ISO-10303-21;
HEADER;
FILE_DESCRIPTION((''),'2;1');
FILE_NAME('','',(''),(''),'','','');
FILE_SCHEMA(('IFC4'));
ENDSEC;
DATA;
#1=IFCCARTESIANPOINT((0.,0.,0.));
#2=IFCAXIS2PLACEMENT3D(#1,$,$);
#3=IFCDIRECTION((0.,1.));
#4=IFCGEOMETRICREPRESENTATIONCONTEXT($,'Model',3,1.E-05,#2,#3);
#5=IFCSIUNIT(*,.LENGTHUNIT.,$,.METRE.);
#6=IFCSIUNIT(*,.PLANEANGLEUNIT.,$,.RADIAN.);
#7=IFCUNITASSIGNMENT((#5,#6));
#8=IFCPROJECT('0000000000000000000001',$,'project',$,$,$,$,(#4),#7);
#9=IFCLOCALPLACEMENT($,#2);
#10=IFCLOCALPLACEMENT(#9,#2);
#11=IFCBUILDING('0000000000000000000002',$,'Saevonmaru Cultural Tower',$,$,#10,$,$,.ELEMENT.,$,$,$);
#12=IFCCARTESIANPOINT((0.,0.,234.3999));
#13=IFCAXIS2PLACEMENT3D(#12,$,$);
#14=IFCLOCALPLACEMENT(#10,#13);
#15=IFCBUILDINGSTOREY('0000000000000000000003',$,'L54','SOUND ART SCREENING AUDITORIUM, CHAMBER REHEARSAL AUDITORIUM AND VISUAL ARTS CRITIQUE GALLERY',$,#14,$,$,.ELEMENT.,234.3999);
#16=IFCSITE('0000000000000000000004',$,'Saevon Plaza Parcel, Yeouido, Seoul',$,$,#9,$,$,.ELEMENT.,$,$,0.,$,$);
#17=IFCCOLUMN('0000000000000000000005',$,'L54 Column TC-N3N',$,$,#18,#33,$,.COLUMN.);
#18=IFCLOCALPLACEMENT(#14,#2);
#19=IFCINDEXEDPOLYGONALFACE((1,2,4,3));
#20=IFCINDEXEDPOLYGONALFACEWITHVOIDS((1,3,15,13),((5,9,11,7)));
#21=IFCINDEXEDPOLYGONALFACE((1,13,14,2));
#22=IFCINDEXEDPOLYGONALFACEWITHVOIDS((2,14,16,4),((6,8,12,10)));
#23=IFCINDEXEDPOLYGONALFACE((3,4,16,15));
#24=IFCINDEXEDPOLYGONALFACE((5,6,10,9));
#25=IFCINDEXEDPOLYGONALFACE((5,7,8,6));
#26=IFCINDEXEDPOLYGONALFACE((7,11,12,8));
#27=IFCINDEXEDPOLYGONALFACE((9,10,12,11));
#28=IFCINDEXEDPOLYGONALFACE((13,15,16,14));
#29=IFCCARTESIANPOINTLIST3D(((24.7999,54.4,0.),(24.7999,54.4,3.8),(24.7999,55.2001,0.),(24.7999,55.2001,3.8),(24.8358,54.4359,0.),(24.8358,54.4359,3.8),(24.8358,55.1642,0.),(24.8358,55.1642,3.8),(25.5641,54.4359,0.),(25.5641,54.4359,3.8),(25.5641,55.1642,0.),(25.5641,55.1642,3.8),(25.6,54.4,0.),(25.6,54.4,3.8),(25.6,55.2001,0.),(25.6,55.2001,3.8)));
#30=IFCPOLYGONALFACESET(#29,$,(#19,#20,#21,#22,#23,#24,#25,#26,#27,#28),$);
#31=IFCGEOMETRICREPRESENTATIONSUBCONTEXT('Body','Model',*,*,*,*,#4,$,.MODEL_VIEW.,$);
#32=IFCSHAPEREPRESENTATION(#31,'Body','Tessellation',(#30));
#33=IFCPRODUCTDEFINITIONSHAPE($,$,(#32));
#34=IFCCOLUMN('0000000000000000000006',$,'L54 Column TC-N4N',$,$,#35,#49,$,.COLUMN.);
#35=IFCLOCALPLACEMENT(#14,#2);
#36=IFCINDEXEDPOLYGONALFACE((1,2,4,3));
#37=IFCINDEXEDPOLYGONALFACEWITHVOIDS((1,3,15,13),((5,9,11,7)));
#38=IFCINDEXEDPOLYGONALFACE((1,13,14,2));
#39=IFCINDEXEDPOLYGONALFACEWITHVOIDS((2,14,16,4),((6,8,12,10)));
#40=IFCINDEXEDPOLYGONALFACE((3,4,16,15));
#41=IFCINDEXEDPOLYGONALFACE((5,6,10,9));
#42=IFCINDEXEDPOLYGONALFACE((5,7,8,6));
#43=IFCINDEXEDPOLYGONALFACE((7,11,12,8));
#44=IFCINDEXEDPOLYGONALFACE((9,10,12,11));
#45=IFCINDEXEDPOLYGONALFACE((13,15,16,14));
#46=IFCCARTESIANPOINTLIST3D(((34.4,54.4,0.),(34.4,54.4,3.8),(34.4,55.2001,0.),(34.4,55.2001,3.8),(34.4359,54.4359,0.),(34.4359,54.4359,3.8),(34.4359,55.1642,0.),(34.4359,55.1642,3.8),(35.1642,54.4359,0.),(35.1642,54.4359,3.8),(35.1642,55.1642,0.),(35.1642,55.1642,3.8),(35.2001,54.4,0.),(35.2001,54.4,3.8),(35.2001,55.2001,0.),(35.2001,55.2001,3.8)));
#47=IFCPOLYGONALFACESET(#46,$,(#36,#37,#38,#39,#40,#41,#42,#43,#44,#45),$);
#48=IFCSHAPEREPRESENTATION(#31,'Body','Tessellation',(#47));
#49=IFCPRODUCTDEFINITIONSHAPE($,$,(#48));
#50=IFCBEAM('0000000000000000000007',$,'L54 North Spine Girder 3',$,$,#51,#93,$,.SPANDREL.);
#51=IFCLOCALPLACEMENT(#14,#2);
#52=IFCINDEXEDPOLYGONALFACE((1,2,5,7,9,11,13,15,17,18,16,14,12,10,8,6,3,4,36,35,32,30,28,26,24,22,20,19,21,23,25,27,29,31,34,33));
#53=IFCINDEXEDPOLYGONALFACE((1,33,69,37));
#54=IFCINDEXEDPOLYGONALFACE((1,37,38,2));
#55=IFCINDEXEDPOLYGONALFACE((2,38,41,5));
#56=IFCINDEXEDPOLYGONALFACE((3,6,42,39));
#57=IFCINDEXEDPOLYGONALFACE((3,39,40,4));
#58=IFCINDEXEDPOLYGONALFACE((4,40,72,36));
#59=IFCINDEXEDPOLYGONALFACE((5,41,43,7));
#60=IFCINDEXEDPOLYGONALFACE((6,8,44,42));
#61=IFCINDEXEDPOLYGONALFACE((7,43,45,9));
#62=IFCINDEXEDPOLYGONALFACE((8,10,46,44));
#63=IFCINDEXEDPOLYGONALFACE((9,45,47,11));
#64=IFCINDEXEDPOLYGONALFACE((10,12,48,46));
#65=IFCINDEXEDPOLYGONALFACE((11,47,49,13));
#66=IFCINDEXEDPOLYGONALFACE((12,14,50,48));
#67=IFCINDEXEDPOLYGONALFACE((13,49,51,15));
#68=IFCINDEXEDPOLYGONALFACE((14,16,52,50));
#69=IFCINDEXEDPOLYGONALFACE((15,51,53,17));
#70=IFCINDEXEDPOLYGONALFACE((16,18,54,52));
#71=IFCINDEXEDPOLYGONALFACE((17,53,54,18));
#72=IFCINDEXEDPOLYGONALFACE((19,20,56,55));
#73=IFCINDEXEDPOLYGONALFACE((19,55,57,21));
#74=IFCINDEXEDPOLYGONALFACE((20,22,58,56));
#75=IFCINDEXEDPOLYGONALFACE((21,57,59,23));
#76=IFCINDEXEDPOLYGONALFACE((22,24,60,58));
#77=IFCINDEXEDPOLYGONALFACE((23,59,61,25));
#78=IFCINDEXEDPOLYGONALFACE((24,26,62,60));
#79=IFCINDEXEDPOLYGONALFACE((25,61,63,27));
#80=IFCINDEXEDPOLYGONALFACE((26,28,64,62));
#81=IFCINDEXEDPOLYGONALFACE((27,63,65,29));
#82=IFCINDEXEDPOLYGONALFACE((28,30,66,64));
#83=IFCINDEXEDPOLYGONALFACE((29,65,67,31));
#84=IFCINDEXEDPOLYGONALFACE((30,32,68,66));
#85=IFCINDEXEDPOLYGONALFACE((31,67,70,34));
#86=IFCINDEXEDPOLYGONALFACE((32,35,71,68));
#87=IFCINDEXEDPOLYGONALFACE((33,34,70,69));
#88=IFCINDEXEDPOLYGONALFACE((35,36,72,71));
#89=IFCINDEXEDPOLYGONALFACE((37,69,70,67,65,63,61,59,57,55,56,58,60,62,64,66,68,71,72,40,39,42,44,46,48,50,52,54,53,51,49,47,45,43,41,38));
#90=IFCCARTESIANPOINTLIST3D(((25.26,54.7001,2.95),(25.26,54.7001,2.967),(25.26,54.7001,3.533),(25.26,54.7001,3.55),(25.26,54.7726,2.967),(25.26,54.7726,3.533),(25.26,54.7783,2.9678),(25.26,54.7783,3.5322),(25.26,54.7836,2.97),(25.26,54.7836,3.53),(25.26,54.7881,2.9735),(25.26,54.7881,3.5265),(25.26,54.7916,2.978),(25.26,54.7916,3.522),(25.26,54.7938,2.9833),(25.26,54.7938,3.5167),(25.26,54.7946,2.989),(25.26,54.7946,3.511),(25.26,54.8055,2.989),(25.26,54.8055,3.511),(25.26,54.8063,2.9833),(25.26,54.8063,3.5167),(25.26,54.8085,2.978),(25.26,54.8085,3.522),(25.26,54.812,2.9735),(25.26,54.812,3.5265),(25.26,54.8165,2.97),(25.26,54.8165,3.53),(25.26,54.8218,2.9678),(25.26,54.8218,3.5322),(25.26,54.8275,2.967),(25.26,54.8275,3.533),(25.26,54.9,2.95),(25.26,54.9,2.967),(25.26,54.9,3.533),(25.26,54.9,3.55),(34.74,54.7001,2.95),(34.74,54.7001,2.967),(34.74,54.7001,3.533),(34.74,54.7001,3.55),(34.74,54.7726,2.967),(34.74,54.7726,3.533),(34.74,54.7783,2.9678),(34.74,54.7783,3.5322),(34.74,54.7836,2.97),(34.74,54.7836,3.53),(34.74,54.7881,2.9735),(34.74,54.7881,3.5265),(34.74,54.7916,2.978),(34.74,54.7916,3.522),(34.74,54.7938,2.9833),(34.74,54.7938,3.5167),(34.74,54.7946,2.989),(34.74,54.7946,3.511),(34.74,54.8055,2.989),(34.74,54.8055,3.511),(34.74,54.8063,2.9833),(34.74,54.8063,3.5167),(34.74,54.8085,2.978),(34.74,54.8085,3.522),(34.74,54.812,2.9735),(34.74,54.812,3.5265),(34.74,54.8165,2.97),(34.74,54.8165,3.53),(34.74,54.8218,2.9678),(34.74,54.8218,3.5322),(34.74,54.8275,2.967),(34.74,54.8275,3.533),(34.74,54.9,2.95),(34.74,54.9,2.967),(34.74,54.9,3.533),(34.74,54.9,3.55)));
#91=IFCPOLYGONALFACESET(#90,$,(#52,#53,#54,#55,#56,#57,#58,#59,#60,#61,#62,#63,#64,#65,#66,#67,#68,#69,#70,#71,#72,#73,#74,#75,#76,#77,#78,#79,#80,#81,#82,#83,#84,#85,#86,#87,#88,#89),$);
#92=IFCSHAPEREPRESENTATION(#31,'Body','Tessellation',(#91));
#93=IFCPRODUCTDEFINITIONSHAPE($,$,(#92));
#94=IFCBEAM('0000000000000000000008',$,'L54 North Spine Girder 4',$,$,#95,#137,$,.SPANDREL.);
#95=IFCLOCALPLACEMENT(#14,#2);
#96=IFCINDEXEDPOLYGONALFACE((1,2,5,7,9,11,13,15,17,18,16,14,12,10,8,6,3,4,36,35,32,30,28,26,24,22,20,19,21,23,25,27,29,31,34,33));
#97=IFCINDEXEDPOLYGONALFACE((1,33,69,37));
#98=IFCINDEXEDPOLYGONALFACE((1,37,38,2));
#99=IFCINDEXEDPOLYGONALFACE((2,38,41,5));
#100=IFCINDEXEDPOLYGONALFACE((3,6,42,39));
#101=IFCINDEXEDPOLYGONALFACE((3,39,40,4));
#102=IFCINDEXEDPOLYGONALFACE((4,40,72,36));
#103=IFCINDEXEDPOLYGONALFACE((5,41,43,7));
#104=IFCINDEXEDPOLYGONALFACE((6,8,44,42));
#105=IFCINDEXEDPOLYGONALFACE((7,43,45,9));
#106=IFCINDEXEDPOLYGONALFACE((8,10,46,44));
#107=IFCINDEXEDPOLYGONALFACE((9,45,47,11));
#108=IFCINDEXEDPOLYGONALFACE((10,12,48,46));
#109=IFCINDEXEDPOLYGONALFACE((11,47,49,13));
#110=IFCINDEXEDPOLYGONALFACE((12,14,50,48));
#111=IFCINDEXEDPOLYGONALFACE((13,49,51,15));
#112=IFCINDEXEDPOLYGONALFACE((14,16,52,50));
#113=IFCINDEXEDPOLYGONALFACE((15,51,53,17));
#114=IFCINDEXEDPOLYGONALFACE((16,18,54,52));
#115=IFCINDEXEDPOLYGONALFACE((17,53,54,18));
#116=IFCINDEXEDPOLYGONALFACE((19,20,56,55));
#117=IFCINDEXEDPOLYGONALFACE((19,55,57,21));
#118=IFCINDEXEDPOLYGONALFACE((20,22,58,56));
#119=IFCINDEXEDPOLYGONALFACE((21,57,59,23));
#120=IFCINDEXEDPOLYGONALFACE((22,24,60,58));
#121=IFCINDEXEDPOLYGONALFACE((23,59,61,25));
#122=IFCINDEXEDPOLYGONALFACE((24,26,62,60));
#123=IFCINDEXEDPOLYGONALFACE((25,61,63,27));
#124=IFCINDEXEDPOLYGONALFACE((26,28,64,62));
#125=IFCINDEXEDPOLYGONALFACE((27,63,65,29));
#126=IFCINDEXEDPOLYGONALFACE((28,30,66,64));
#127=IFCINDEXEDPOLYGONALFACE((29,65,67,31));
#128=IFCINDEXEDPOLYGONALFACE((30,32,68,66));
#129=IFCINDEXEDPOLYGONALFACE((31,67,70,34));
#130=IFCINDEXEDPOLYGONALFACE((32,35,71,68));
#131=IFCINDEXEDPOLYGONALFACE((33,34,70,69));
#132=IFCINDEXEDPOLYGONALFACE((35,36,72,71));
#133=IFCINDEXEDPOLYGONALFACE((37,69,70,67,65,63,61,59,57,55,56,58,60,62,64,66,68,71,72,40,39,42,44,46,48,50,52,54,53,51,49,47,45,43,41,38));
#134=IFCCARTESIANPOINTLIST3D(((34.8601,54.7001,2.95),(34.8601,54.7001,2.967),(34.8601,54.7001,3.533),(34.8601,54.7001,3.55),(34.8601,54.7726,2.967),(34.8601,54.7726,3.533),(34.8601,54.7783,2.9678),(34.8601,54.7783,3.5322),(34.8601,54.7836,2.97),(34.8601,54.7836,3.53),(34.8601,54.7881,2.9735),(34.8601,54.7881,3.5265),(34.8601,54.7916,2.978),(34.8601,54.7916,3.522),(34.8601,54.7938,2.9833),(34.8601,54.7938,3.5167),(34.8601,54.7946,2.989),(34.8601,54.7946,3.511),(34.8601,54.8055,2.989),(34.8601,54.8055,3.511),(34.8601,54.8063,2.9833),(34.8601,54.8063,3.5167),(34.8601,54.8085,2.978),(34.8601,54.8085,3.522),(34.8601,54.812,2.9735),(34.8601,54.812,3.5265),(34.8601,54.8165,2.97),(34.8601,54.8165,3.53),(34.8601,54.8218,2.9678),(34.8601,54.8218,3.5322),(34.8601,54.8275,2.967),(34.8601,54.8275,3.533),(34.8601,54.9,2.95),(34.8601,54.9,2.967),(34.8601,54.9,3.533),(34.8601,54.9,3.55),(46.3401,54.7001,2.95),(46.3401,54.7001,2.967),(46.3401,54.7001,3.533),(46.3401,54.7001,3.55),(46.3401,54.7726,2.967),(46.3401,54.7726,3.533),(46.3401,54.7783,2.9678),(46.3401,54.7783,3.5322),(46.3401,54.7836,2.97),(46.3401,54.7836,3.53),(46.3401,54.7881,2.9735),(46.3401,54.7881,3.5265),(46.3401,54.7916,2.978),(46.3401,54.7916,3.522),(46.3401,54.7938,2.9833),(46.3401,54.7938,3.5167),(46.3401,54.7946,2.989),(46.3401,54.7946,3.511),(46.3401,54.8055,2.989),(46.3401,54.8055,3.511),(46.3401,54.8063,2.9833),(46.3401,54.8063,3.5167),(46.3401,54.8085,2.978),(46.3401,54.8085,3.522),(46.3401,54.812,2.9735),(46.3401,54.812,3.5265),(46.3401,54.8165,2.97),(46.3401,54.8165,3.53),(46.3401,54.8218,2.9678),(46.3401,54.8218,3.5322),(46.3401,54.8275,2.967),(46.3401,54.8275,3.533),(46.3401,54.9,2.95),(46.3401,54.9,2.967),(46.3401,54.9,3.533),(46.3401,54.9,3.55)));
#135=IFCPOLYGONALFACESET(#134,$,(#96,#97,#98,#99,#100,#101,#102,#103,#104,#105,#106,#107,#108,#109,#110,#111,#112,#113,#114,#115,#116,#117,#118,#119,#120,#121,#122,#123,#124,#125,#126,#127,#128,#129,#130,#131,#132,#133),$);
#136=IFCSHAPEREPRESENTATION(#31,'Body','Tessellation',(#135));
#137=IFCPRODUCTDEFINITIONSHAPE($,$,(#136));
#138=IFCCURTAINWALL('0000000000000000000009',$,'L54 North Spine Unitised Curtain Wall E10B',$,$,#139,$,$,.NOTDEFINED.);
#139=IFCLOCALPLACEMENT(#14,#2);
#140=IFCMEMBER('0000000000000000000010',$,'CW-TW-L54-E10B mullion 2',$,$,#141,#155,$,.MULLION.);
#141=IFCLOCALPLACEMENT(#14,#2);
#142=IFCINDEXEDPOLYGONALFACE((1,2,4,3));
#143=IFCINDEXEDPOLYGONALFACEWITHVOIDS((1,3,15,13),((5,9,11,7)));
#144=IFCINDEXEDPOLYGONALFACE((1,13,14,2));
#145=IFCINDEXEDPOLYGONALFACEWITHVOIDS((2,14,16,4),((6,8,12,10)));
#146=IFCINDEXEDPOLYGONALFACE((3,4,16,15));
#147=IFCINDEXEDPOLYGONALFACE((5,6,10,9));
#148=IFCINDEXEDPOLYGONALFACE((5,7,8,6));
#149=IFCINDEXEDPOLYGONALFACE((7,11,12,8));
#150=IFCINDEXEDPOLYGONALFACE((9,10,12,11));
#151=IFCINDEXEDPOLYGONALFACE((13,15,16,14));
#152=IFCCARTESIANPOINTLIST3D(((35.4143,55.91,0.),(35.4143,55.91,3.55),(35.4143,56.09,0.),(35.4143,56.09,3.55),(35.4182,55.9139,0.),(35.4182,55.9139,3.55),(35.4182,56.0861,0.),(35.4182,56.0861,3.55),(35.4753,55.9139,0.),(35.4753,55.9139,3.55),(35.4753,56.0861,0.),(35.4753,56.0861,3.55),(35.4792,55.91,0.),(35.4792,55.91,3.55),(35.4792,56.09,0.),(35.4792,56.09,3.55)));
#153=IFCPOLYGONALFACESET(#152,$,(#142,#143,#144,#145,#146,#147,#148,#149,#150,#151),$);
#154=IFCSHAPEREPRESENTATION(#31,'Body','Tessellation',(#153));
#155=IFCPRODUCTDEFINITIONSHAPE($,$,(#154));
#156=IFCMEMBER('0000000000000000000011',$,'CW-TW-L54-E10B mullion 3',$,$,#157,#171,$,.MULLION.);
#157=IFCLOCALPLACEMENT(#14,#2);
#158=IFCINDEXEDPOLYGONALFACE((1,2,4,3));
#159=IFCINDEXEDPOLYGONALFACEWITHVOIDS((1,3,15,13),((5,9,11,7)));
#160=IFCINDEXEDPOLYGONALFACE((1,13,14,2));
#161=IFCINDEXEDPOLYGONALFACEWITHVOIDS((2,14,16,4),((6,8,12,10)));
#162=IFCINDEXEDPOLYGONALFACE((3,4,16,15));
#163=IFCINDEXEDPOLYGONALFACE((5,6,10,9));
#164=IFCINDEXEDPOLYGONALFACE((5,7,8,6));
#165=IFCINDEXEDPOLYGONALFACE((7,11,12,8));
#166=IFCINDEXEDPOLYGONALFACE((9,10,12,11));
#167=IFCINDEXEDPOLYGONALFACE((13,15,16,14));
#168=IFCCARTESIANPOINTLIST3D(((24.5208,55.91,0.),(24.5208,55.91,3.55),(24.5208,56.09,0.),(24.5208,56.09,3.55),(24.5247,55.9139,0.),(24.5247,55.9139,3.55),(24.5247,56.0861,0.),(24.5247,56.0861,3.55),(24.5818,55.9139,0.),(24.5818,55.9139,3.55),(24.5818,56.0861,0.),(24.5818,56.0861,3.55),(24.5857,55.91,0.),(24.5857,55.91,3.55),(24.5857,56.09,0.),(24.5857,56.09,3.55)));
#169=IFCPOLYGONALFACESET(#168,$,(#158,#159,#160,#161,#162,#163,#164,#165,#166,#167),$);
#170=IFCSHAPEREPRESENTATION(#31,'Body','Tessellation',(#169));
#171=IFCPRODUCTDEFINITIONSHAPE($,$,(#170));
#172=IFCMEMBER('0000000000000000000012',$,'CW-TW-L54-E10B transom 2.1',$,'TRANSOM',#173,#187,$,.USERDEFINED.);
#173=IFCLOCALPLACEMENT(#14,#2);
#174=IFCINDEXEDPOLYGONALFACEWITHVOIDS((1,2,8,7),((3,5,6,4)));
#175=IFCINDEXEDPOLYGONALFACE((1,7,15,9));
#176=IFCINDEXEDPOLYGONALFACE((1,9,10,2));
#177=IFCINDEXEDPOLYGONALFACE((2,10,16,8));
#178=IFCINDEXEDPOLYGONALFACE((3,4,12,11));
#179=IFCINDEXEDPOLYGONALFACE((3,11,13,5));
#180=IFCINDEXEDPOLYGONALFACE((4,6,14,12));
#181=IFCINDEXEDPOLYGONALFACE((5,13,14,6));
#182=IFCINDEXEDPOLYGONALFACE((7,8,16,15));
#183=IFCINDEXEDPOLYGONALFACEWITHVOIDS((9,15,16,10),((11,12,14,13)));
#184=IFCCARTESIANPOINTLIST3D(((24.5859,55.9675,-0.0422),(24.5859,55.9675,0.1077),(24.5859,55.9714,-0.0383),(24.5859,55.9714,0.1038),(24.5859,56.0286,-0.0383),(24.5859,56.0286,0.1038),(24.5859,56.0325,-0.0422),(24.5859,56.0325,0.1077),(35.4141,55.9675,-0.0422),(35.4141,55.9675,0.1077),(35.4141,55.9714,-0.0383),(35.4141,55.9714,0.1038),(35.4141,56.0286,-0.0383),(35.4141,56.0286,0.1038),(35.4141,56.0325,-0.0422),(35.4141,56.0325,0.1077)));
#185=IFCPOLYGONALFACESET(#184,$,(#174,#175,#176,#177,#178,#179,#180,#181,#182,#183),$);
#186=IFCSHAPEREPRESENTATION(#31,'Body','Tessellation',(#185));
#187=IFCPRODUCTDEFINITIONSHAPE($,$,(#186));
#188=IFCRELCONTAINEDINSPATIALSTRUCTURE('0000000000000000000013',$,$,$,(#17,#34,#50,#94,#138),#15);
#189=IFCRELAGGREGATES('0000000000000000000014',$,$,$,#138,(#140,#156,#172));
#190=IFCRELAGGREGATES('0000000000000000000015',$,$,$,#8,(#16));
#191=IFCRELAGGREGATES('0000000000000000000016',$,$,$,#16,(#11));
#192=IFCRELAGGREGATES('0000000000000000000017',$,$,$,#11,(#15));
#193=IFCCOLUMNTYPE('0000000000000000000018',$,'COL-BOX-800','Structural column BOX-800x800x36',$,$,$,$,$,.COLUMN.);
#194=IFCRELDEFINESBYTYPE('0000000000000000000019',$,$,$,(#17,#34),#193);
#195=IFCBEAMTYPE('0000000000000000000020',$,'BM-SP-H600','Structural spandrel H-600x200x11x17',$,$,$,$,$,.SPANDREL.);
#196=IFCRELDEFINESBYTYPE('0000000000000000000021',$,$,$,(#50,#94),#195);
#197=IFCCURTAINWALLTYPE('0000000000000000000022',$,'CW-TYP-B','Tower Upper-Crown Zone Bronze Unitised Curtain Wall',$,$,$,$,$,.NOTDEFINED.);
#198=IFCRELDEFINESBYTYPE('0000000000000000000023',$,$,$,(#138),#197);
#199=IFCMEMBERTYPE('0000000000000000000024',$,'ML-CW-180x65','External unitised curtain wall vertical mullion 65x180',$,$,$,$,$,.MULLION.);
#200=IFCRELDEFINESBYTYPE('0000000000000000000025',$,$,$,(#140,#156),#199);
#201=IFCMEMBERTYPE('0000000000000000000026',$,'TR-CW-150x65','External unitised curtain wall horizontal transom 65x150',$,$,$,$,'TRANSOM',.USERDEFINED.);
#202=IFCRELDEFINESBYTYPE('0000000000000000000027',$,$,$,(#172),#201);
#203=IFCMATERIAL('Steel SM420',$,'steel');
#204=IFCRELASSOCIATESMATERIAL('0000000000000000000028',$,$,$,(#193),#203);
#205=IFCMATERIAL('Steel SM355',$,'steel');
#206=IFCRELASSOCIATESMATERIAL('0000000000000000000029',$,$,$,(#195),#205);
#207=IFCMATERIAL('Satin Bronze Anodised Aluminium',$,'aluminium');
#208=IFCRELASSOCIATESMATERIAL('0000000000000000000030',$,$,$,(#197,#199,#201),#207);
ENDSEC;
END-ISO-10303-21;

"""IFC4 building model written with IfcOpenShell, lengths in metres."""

from ifc_helpers import new_model, si_unit, direction, frame, origin, origin_2d, place, context, subcontext, project, spatial, hollow_rectangle, i_section, extrude, material, material_profile, profile_set, type_object, element, aggregate, save


model = new_model("IFC4")

# Units and contexts
model_context = context("Model", 3, precision=1e-05, world=origin(), true_north=direction((0.0, 1.0)))
body_context = subcontext(model_context, "Body", "Model", "MODEL_VIEW")
ifc_project = project(units=[si_unit("LENGTHUNIT", "METRE"), si_unit("PLANEANGLEUNIT", "RADIAN")], contexts=[model_context])

# Site, building, storey
site_placement = place(None, origin())
site = spatial("IfcSite", under=ifc_project, at=site_placement, Name="Saevon Plaza Parcel, Yeouido, Seoul", CompositionType="ELEMENT", RefElevation=0.0)
building_placement = place(site_placement, origin())
building = spatial("IfcBuilding", under=site, at=building_placement, Name="Saevonmaru Cultural Tower", CompositionType="ELEMENT")
storey_placement = place(building_placement, frame((0.0, 0.0, 234.3999)))
storey = spatial("IfcBuildingStorey", under=building, at=storey_placement, Name="L54", Description="SOUND ART SCREENING AUDITORIUM, CHAMBER REHEARSAL AUDITORIUM AND VISUAL ARTS CRITIQUE GALLERY", CompositionType="ELEMENT", Elevation=234.3999)

# Columns
ifc_material_1 = material(Name="Steel SM420", Category="steel")
ifc_material_profile_1 = material_profile(ifc_material_1, hollow_rectangle(XDim=0.8, YDim=0.8, WallThickness=0.0359, at=origin_2d()), Name="BOX-800x800x36")
ifc_profile_set_1 = profile_set([ifc_material_profile_1], Name="Steel SM420")
column_type = type_object("IfcColumnType", Name="COL-BOX-800", Description="Structural column BOX-800x800x36", PredefinedType="COLUMN", material=ifc_profile_set_1)
for number, where, z_axis, x_axis, name in (
    (1, (25.2, 54.8, 0.0), (0.0, 0.0, 1.0), (1.0, 0.0, 0.0), "L54 Column TC-N3N"),
    (2, (34.8, 54.8, 0.0), (0.0, 0.0, 1.0), (1.0, 0.0, 0.0), "L54 Column TC-N4N"),
):
    element("IfcColumn", number, at=place(storey_placement, frame(where, z_axis=z_axis, x_axis=x_axis)), inside=storey, type_object=column_type, Name=name, PredefinedType="COLUMN", context=body_context, shape_type="SweptSolid", body=[
        extrude(hollow_rectangle(XDim=0.8, YDim=0.8, WallThickness=0.0359, at=origin_2d()), origin(), (0.0, 0.0, 1.0), 3.8),
    ])

# Beams
ifc_material_2 = material(Name="Steel SM355", Category="steel")
ifc_material_profile_2 = material_profile(ifc_material_2, i_section(OverallWidth=0.2, OverallDepth=0.6001, WebThickness=0.011, FlangeThickness=0.0171, FilletRadius=0.022, at=origin_2d()), Name="H-600x200x11x17")
ifc_profile_set_2 = profile_set([ifc_material_profile_2], Name="Steel SM355")
beam_type = type_object("IfcBeamType", Name="BM-SP-H600", Description="Structural spandrel H-600x200x11x17", PredefinedType="SPANDREL", material=ifc_profile_set_2)
beam_1_placement = place(storey_placement, frame((25.26, 54.8, 3.25), z_axis=(1.0, 0.0, 0.0), x_axis=(0.0, 1.0, 0.0)))
element("IfcBeam", 3, at=beam_1_placement, inside=storey, type_object=beam_type, Name="L54 North Spine Girder 3", PredefinedType="SPANDREL", context=body_context, shape_type="SweptSolid", body=[
    extrude(i_section(OverallWidth=0.2, OverallDepth=0.6001, WebThickness=0.011, FlangeThickness=0.0171, FilletRadius=0.022, at=origin_2d()), origin(), (0.0, 0.0, 1.0), 9.48),
])
beam_2_placement = place(storey_placement, frame((34.8601, 54.8, 3.25), z_axis=(1.0, 0.0, 0.0), x_axis=(0.0, 1.0, 0.0)))
element("IfcBeam", 4, at=beam_2_placement, inside=storey, type_object=beam_type, Name="L54 North Spine Girder 4", PredefinedType="SPANDREL", context=body_context, shape_type="SweptSolid", body=[
    extrude(i_section(OverallWidth=0.2, OverallDepth=0.6001, WebThickness=0.011, FlangeThickness=0.0171, FilletRadius=0.022, at=origin_2d()), origin(), (0.0, 0.0, 1.0), 11.48),
])

# Curtain wall, members
ifc_material_3 = material(Name="Satin Bronze Anodised Aluminium", Category="aluminium")
curtain_wall_type = type_object("IfcCurtainWallType", Name="CW-TYP-B", Description="Tower Upper-Crown Zone Bronze Unitised Curtain Wall", PredefinedType="NOTDEFINED", material=ifc_material_3)
curtain_wall_placement = place(storey_placement, origin())
curtain_wall = element("IfcCurtainWall", 5, at=curtain_wall_placement, inside=storey, type_object=curtain_wall_type, Name="L54 North Spine Unitised Curtain Wall E10B", PredefinedType="NOTDEFINED")
ifc_material_profile_3 = material_profile(ifc_material_3, hollow_rectangle(XDim=0.0649, YDim=0.1799, WallThickness=0.0039, at=origin_2d()), Name="ALU-MULL-180x65x4")
ifc_profile_set_3 = profile_set([ifc_material_profile_3], Name="Satin Bronze Anodised Aluminium")
member_type_1 = type_object("IfcMemberType", Name="ML-CW-180x65", Description="External unitised curtain wall vertical mullion 65x180", PredefinedType="MULLION", material=ifc_profile_set_3)
member_1_placement = place(storey_placement, frame((35.4468, 56.0, 0.0), z_axis=(0.0, 0.0, 1.0), x_axis=(-1.0, 0.0, 0.0)))
member_1 = element("IfcMember", 6, at=member_1_placement, type_object=member_type_1, Name="CW-TW-L54-E10B mullion 2", PredefinedType="MULLION", context=body_context, shape_type="SweptSolid", body=[
    extrude(hollow_rectangle(XDim=0.0649, YDim=0.1799, WallThickness=0.0039, at=origin_2d()), origin(), (0.0, 0.0, 1.0), 3.55),
])
member_2_placement = place(storey_placement, frame((24.5532, 56.0, 0.0), z_axis=(0.0, 0.0, 1.0), x_axis=(-1.0, 0.0, 0.0)))
member_2 = element("IfcMember", 7, at=member_2_placement, type_object=member_type_1, Name="CW-TW-L54-E10B mullion 3", PredefinedType="MULLION", context=body_context, shape_type="SweptSolid", body=[
    extrude(hollow_rectangle(XDim=0.0649, YDim=0.1799, WallThickness=0.0039, at=origin_2d()), origin(), (0.0, 0.0, 1.0), 3.55),
])
ifc_material_profile_4 = material_profile(ifc_material_3, hollow_rectangle(XDim=0.0649, YDim=0.1499, WallThickness=0.0039, at=origin_2d()), Name="ALU-TRAN-150x65x4")
ifc_profile_set_4 = profile_set([ifc_material_profile_4], Name="Satin Bronze Anodised Aluminium")
member_type_2 = type_object("IfcMemberType", Name="TR-CW-150x65", Description="External unitised curtain wall horizontal transom 65x150", ElementType="TRANSOM", PredefinedType="USERDEFINED", material=ifc_profile_set_4)
member_3_placement = place(storey_placement, frame((35.4141, 56.0, 0.0327), z_axis=(-1.0, 0.0, 0.0), x_axis=(0.0, -1.0, 0.0)))
member_3 = element("IfcMember", 8, at=member_3_placement, type_object=member_type_2, Name="CW-TW-L54-E10B transom 2.1", ObjectType="TRANSOM", PredefinedType="USERDEFINED", context=body_context, shape_type="SweptSolid", body=[
    extrude(hollow_rectangle(XDim=0.0649, YDim=0.1499, WallThickness=0.0039, at=origin_2d()), origin(), (0.0, 0.0, 1.0), 10.8281),
])
aggregate(curtain_wall, [member_1, member_2, member_3])

save(model, "model.ifc")
